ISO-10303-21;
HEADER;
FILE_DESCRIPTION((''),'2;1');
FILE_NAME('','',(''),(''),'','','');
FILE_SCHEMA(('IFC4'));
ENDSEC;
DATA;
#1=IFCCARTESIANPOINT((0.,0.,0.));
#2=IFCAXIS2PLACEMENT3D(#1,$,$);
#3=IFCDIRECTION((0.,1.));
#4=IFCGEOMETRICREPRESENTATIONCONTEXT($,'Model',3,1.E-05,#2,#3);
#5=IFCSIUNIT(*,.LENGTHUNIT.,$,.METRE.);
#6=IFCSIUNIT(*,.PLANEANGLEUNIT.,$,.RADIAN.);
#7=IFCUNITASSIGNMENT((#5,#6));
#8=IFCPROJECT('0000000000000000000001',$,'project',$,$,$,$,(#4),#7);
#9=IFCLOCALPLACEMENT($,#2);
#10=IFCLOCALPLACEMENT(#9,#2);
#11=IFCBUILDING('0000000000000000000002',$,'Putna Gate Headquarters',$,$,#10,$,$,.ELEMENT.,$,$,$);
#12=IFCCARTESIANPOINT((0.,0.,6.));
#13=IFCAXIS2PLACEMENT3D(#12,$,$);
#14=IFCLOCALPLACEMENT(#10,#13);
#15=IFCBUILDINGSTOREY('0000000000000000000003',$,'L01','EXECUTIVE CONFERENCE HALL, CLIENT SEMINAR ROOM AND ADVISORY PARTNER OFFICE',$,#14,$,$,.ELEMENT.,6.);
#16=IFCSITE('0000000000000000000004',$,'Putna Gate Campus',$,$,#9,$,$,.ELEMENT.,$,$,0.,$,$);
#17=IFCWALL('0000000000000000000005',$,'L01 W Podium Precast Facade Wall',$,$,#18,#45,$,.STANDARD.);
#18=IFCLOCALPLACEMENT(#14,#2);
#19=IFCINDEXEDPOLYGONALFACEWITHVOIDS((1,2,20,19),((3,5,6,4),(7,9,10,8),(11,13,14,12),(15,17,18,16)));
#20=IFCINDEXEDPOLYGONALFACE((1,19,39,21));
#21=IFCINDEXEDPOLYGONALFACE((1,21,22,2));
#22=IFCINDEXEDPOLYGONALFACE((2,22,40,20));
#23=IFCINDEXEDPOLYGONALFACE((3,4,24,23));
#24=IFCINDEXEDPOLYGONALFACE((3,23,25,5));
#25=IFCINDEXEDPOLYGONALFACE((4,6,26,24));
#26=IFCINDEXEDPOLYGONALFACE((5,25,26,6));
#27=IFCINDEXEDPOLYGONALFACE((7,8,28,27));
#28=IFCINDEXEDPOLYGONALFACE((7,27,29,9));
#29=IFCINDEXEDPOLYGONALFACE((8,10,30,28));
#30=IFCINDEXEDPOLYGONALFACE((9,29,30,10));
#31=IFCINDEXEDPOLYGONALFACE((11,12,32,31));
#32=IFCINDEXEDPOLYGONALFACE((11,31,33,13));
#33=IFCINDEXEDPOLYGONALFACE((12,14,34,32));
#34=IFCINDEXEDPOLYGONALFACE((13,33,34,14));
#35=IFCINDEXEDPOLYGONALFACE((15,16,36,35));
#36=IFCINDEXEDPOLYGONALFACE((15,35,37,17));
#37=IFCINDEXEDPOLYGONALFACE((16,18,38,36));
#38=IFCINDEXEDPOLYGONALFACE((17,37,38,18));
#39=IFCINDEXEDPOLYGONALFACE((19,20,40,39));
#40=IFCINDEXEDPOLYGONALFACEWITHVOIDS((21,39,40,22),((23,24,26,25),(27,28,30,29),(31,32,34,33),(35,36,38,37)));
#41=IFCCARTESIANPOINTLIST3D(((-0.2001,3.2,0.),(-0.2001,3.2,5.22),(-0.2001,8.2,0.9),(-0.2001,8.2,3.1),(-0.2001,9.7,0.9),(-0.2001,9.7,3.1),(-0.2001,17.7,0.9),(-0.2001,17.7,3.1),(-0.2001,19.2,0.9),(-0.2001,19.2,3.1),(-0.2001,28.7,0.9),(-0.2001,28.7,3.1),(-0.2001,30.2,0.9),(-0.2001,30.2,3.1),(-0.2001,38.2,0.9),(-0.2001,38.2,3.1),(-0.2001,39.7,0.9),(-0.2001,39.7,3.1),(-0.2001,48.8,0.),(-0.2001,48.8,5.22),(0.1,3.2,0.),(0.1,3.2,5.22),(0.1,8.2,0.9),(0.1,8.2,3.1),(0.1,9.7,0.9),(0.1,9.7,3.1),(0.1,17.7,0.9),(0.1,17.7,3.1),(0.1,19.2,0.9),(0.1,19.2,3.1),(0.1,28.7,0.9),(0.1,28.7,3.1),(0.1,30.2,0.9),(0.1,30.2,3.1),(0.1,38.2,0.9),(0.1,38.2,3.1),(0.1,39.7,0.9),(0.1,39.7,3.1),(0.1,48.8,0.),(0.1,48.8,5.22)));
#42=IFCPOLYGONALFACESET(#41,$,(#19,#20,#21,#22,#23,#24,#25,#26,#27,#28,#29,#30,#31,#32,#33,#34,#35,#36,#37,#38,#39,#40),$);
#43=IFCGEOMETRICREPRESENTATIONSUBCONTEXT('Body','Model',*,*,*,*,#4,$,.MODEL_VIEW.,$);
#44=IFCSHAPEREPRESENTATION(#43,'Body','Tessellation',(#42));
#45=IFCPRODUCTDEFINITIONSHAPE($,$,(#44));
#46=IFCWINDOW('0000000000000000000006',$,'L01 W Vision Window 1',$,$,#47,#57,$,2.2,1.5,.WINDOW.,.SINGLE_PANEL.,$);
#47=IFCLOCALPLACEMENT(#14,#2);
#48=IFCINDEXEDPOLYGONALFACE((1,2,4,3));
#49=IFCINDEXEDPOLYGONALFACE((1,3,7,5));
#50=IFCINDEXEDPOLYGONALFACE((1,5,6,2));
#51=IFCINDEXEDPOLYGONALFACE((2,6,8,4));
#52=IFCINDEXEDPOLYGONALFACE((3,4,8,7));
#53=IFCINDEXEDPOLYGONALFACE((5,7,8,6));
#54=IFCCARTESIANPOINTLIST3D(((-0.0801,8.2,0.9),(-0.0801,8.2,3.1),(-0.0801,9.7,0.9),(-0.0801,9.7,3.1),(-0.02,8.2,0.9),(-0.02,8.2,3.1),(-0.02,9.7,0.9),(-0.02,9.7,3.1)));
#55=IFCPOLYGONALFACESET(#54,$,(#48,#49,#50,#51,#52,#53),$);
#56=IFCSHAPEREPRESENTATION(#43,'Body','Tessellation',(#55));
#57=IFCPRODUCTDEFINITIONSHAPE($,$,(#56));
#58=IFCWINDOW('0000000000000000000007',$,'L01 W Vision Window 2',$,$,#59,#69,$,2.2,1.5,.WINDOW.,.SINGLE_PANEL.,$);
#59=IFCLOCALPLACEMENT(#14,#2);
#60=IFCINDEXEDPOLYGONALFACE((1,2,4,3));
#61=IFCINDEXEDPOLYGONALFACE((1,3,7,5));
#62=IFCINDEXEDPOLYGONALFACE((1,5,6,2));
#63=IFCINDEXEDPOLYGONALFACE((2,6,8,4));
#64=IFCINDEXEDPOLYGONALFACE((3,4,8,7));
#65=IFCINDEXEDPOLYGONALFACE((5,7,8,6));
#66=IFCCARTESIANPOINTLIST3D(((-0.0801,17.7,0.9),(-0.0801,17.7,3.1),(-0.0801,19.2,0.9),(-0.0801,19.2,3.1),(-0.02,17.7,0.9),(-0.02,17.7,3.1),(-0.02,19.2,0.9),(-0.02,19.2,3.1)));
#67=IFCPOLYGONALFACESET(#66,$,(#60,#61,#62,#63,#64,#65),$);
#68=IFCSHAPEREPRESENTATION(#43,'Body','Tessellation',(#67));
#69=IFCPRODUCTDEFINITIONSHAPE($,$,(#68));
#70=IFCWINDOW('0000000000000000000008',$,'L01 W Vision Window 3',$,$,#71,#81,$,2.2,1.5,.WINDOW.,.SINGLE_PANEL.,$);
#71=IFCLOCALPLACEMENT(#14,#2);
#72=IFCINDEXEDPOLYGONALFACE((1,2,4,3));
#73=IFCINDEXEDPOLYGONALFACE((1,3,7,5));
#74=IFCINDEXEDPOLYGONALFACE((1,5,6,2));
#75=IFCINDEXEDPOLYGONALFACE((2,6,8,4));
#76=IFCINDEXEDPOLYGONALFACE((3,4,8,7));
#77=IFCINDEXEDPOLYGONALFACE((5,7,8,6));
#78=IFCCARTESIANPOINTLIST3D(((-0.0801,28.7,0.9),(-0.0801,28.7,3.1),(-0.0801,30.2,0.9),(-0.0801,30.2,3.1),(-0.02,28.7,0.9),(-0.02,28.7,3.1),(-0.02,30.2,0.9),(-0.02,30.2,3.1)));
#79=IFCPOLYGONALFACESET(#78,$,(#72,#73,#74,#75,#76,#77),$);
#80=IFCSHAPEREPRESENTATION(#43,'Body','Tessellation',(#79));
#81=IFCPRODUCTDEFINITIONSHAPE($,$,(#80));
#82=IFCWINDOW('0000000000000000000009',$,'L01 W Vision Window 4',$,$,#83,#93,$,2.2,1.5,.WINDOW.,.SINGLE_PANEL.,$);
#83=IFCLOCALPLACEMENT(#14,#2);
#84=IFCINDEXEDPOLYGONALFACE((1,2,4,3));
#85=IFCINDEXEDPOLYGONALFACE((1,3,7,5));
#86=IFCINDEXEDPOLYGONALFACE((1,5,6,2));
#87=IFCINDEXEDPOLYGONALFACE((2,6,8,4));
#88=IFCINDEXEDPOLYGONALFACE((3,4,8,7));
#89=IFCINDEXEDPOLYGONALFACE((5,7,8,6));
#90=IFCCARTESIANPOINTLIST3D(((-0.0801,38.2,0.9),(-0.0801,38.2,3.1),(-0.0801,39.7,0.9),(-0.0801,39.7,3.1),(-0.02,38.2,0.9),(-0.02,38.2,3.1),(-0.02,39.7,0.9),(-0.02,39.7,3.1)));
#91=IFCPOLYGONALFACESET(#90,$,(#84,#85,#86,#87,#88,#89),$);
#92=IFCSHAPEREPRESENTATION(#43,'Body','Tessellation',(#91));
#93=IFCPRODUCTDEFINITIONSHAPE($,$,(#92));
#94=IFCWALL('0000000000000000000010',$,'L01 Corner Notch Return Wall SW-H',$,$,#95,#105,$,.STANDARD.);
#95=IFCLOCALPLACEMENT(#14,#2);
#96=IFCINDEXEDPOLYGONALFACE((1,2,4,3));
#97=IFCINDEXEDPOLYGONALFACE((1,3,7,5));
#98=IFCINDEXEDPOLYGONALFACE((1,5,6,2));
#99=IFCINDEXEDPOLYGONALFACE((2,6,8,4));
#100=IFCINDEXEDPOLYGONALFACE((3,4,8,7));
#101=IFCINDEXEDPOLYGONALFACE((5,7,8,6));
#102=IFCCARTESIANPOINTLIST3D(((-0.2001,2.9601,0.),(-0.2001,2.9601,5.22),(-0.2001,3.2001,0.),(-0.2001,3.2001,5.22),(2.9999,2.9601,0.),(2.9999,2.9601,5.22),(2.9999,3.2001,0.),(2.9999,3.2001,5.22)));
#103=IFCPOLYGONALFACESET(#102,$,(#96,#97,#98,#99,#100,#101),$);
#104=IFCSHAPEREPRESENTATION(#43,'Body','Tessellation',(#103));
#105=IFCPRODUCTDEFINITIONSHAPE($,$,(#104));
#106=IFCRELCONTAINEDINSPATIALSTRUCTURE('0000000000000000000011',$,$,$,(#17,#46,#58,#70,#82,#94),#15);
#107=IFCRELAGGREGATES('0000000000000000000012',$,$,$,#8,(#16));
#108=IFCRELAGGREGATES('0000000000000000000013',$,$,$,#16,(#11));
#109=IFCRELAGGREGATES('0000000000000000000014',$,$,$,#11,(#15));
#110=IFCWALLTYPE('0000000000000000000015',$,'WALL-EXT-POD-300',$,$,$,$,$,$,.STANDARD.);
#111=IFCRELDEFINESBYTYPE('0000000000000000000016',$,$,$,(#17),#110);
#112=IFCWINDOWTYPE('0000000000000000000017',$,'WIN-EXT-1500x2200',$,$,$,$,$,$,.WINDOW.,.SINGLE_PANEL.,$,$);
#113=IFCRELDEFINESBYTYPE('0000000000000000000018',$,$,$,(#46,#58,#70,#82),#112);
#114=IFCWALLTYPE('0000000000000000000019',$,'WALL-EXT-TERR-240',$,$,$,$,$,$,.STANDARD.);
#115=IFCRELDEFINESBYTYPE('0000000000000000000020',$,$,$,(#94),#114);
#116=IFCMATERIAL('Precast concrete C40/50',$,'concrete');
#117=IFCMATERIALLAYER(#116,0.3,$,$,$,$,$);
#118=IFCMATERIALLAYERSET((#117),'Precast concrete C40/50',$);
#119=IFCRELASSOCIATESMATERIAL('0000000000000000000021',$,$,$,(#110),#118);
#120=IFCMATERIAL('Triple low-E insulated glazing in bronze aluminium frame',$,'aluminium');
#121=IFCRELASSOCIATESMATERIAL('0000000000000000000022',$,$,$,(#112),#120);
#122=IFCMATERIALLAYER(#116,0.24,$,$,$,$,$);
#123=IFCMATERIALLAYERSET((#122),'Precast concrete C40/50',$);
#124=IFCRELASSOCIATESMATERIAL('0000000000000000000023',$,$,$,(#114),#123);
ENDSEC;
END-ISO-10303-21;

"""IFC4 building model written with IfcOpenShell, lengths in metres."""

from ifc_helpers import new_model, si_unit, direction, frame, frame_2d, origin, place, context, subcontext, project, spatial, rectangle, extrude, material, layer, layer_set, type_object, element, fill, save


model = new_model("IFC4")

# Units and contexts
model_context = context("Model", 3, precision=1e-05, world=origin(), true_north=direction((0.0, 1.0)))
body_context = subcontext(model_context, "Body", "Model", "MODEL_VIEW")
ifc_project = project(units=[si_unit("LENGTHUNIT", "METRE"), si_unit("PLANEANGLEUNIT", "RADIAN")], contexts=[model_context])

# Site, building, storey
site_placement = place(None, origin())
site = spatial("IfcSite", under=ifc_project, at=site_placement, Name="Putna Gate Campus", CompositionType="ELEMENT", RefElevation=0.0)
building_placement = place(site_placement, origin())
building = spatial("IfcBuilding", under=site, at=building_placement, Name="Putna Gate Headquarters", CompositionType="ELEMENT")
storey_placement = place(building_placement, frame((0.0, 0.0, 6.0)))
storey = spatial("IfcBuildingStorey", under=building, at=storey_placement, Name="L01", Description="EXECUTIVE CONFERENCE HALL, CLIENT SEMINAR ROOM AND ADVISORY PARTNER OFFICE", CompositionType="ELEMENT", Elevation=6.0)

# Wall, openings, windows
ifc_material_1 = material(Name="Precast concrete C40/50", Category="concrete")
ifc_layer_1 = layer(ifc_material_1, 0.3)
ifc_layer_set_1 = layer_set([ifc_layer_1], Name="Precast concrete C40/50")
wall_type_1 = type_object("IfcWallType", Name="WALL-EXT-POD-300", PredefinedType="STANDARD", material=ifc_layer_set_1)
wall_1_placement = place(storey_placement, frame((-0.05, 3.2, 0.0), z_axis=(0.0, 0.0, 1.0), x_axis=(0.0, 1.0, 0.0)))
wall_1 = element("IfcWall", 1, at=wall_1_placement, inside=storey, type_object=wall_type_1, Name="L01 W Podium Precast Facade Wall", PredefinedType="STANDARD", context=body_context, shape_type="SweptSolid", body=[
    extrude(rectangle(XDim=45.6001, YDim=0.3, at=frame_2d((22.8, 0.0))), origin(), (0.0, 0.0, 1.0), 5.22),
])
opening_1_placement = place(wall_1_placement, frame((5.0, 0.0, 0.8999)))
opening_1 = element("IfcOpeningElement", 2, at=opening_1_placement, cuts=wall_1, PredefinedType="OPENING", context=body_context, shape_type="SweptSolid", body=[
    extrude(rectangle(XDim=1.5, YDim=2.2, at=frame_2d((0.75, 1.1001))), frame((0.0, 0.1599, 0.0), z_axis=(0.0, -1.0, 0.0), x_axis=(1.0, 0.0, 0.0)), (0.0, 0.0, 1.0), 0.3201),
])
opening_2_placement = place(wall_1_placement, frame((14.5, 0.0, 0.8999)))
opening_2 = element("IfcOpeningElement", 3, at=opening_2_placement, cuts=wall_1, PredefinedType="OPENING", context=body_context, shape_type="SweptSolid", body=[
    extrude(rectangle(XDim=1.5, YDim=2.2, at=frame_2d((0.75, 1.1001))), frame((0.0, 0.1599, 0.0), z_axis=(0.0, -1.0, 0.0), x_axis=(1.0, 0.0, 0.0)), (0.0, 0.0, 1.0), 0.3201),
])
opening_3_placement = place(wall_1_placement, frame((25.5, 0.0, 0.8999)))
opening_3 = element("IfcOpeningElement", 4, at=opening_3_placement, cuts=wall_1, PredefinedType="OPENING", context=body_context, shape_type="SweptSolid", body=[
    extrude(rectangle(XDim=1.5, YDim=2.2, at=frame_2d((0.75, 1.1001))), frame((0.0, 0.1599, 0.0), z_axis=(0.0, -1.0, 0.0), x_axis=(1.0, 0.0, 0.0)), (0.0, 0.0, 1.0), 0.3201),
])
opening_4_placement = place(wall_1_placement, frame((35.0, 0.0, 0.8999)))
opening_4 = element("IfcOpeningElement", 5, at=opening_4_placement, cuts=wall_1, PredefinedType="OPENING", context=body_context, shape_type="SweptSolid", body=[
    extrude(rectangle(XDim=1.5, YDim=2.2, at=frame_2d((0.75, 1.1001))), frame((0.0, 0.1599, 0.0), z_axis=(0.0, -1.0, 0.0), x_axis=(1.0, 0.0, 0.0)), (0.0, 0.0, 1.0), 0.3201),
])
ifc_material_2 = material(Name="Triple low-E insulated glazing in bronze aluminium frame", Category="aluminium")
window_type = type_object("IfcWindowType", Name="WIN-EXT-1500x2200", PartitioningType="SINGLE_PANEL", PredefinedType="WINDOW", material=ifc_material_2)
window_1_placement = place(opening_1_placement, origin())
window_1 = element("IfcWindow", 6, at=window_1_placement, inside=storey, type_object=window_type, Name="L01 W Vision Window 1", OverallHeight=2.2, OverallWidth=1.5, PartitioningType="SINGLE_PANEL", PredefinedType="WINDOW", context=body_context, shape_type="SweptSolid", body=[
    extrude(rectangle(XDim=1.5, YDim=2.2, at=frame_2d((0.75, 1.1001))), frame((0.0, 0.03, 0.0), z_axis=(0.0, -1.0, 0.0), x_axis=(1.0, 0.0, 0.0)), (0.0, 0.0, 1.0), 0.0601),
])
fill(opening_1, window_1)
window_2_placement = place(opening_2_placement, origin())
window_2 = element("IfcWindow", 7, at=window_2_placement, inside=storey, type_object=window_type, Name="L01 W Vision Window 2", OverallHeight=2.2, OverallWidth=1.5, PartitioningType="SINGLE_PANEL", PredefinedType="WINDOW", context=body_context, shape_type="SweptSolid", body=[
    extrude(rectangle(XDim=1.5, YDim=2.2, at=frame_2d((0.75, 1.1001))), frame((0.0, 0.03, 0.0), z_axis=(0.0, -1.0, 0.0), x_axis=(1.0, 0.0, 0.0)), (0.0, 0.0, 1.0), 0.0601),
])
fill(opening_2, window_2)
window_3_placement = place(opening_3_placement, origin())
window_3 = element("IfcWindow", 8, at=window_3_placement, inside=storey, type_object=window_type, Name="L01 W Vision Window 3", OverallHeight=2.2, OverallWidth=1.5, PartitioningType="SINGLE_PANEL", PredefinedType="WINDOW", context=body_context, shape_type="SweptSolid", body=[
    extrude(rectangle(XDim=1.5, YDim=2.2, at=frame_2d((0.75, 1.1001))), frame((0.0, 0.03, 0.0), z_axis=(0.0, -1.0, 0.0), x_axis=(1.0, 0.0, 0.0)), (0.0, 0.0, 1.0), 0.0601),
])
fill(opening_3, window_3)
window_4_placement = place(opening_4_placement, origin())
window_4 = element("IfcWindow", 9, at=window_4_placement, inside=storey, type_object=window_type, Name="L01 W Vision Window 4", OverallHeight=2.2, OverallWidth=1.5, PartitioningType="SINGLE_PANEL", PredefinedType="WINDOW", context=body_context, shape_type="SweptSolid", body=[
    extrude(rectangle(XDim=1.5, YDim=2.2, at=frame_2d((0.75, 1.1001))), frame((0.0, 0.03, 0.0), z_axis=(0.0, -1.0, 0.0), x_axis=(1.0, 0.0, 0.0)), (0.0, 0.0, 1.0), 0.0601),
])
fill(opening_4, window_4)

# Wall
ifc_layer_2 = layer(ifc_material_1, 0.24)
ifc_layer_set_2 = layer_set([ifc_layer_2], Name="Precast concrete C40/50")
wall_type_2 = type_object("IfcWallType", Name="WALL-EXT-TERR-240", PredefinedType="STANDARD", material=ifc_layer_set_2)
wall_2_placement = place(storey_placement, frame((3.0, 3.0801, 0.0), z_axis=(0.0, 0.0, 1.0), x_axis=(-1.0, 0.0, 0.0)))
element("IfcWall", 10, at=wall_2_placement, inside=storey, type_object=wall_type_2, Name="L01 Corner Notch Return Wall SW-H", PredefinedType="STANDARD", context=body_context, shape_type="SweptSolid", body=[
    extrude(rectangle(XDim=3.2, YDim=0.24, at=frame_2d((1.6001, 0.0))), origin(), (0.0, 0.0, 1.0), 5.22),
])

save(model, "model.ifc")
